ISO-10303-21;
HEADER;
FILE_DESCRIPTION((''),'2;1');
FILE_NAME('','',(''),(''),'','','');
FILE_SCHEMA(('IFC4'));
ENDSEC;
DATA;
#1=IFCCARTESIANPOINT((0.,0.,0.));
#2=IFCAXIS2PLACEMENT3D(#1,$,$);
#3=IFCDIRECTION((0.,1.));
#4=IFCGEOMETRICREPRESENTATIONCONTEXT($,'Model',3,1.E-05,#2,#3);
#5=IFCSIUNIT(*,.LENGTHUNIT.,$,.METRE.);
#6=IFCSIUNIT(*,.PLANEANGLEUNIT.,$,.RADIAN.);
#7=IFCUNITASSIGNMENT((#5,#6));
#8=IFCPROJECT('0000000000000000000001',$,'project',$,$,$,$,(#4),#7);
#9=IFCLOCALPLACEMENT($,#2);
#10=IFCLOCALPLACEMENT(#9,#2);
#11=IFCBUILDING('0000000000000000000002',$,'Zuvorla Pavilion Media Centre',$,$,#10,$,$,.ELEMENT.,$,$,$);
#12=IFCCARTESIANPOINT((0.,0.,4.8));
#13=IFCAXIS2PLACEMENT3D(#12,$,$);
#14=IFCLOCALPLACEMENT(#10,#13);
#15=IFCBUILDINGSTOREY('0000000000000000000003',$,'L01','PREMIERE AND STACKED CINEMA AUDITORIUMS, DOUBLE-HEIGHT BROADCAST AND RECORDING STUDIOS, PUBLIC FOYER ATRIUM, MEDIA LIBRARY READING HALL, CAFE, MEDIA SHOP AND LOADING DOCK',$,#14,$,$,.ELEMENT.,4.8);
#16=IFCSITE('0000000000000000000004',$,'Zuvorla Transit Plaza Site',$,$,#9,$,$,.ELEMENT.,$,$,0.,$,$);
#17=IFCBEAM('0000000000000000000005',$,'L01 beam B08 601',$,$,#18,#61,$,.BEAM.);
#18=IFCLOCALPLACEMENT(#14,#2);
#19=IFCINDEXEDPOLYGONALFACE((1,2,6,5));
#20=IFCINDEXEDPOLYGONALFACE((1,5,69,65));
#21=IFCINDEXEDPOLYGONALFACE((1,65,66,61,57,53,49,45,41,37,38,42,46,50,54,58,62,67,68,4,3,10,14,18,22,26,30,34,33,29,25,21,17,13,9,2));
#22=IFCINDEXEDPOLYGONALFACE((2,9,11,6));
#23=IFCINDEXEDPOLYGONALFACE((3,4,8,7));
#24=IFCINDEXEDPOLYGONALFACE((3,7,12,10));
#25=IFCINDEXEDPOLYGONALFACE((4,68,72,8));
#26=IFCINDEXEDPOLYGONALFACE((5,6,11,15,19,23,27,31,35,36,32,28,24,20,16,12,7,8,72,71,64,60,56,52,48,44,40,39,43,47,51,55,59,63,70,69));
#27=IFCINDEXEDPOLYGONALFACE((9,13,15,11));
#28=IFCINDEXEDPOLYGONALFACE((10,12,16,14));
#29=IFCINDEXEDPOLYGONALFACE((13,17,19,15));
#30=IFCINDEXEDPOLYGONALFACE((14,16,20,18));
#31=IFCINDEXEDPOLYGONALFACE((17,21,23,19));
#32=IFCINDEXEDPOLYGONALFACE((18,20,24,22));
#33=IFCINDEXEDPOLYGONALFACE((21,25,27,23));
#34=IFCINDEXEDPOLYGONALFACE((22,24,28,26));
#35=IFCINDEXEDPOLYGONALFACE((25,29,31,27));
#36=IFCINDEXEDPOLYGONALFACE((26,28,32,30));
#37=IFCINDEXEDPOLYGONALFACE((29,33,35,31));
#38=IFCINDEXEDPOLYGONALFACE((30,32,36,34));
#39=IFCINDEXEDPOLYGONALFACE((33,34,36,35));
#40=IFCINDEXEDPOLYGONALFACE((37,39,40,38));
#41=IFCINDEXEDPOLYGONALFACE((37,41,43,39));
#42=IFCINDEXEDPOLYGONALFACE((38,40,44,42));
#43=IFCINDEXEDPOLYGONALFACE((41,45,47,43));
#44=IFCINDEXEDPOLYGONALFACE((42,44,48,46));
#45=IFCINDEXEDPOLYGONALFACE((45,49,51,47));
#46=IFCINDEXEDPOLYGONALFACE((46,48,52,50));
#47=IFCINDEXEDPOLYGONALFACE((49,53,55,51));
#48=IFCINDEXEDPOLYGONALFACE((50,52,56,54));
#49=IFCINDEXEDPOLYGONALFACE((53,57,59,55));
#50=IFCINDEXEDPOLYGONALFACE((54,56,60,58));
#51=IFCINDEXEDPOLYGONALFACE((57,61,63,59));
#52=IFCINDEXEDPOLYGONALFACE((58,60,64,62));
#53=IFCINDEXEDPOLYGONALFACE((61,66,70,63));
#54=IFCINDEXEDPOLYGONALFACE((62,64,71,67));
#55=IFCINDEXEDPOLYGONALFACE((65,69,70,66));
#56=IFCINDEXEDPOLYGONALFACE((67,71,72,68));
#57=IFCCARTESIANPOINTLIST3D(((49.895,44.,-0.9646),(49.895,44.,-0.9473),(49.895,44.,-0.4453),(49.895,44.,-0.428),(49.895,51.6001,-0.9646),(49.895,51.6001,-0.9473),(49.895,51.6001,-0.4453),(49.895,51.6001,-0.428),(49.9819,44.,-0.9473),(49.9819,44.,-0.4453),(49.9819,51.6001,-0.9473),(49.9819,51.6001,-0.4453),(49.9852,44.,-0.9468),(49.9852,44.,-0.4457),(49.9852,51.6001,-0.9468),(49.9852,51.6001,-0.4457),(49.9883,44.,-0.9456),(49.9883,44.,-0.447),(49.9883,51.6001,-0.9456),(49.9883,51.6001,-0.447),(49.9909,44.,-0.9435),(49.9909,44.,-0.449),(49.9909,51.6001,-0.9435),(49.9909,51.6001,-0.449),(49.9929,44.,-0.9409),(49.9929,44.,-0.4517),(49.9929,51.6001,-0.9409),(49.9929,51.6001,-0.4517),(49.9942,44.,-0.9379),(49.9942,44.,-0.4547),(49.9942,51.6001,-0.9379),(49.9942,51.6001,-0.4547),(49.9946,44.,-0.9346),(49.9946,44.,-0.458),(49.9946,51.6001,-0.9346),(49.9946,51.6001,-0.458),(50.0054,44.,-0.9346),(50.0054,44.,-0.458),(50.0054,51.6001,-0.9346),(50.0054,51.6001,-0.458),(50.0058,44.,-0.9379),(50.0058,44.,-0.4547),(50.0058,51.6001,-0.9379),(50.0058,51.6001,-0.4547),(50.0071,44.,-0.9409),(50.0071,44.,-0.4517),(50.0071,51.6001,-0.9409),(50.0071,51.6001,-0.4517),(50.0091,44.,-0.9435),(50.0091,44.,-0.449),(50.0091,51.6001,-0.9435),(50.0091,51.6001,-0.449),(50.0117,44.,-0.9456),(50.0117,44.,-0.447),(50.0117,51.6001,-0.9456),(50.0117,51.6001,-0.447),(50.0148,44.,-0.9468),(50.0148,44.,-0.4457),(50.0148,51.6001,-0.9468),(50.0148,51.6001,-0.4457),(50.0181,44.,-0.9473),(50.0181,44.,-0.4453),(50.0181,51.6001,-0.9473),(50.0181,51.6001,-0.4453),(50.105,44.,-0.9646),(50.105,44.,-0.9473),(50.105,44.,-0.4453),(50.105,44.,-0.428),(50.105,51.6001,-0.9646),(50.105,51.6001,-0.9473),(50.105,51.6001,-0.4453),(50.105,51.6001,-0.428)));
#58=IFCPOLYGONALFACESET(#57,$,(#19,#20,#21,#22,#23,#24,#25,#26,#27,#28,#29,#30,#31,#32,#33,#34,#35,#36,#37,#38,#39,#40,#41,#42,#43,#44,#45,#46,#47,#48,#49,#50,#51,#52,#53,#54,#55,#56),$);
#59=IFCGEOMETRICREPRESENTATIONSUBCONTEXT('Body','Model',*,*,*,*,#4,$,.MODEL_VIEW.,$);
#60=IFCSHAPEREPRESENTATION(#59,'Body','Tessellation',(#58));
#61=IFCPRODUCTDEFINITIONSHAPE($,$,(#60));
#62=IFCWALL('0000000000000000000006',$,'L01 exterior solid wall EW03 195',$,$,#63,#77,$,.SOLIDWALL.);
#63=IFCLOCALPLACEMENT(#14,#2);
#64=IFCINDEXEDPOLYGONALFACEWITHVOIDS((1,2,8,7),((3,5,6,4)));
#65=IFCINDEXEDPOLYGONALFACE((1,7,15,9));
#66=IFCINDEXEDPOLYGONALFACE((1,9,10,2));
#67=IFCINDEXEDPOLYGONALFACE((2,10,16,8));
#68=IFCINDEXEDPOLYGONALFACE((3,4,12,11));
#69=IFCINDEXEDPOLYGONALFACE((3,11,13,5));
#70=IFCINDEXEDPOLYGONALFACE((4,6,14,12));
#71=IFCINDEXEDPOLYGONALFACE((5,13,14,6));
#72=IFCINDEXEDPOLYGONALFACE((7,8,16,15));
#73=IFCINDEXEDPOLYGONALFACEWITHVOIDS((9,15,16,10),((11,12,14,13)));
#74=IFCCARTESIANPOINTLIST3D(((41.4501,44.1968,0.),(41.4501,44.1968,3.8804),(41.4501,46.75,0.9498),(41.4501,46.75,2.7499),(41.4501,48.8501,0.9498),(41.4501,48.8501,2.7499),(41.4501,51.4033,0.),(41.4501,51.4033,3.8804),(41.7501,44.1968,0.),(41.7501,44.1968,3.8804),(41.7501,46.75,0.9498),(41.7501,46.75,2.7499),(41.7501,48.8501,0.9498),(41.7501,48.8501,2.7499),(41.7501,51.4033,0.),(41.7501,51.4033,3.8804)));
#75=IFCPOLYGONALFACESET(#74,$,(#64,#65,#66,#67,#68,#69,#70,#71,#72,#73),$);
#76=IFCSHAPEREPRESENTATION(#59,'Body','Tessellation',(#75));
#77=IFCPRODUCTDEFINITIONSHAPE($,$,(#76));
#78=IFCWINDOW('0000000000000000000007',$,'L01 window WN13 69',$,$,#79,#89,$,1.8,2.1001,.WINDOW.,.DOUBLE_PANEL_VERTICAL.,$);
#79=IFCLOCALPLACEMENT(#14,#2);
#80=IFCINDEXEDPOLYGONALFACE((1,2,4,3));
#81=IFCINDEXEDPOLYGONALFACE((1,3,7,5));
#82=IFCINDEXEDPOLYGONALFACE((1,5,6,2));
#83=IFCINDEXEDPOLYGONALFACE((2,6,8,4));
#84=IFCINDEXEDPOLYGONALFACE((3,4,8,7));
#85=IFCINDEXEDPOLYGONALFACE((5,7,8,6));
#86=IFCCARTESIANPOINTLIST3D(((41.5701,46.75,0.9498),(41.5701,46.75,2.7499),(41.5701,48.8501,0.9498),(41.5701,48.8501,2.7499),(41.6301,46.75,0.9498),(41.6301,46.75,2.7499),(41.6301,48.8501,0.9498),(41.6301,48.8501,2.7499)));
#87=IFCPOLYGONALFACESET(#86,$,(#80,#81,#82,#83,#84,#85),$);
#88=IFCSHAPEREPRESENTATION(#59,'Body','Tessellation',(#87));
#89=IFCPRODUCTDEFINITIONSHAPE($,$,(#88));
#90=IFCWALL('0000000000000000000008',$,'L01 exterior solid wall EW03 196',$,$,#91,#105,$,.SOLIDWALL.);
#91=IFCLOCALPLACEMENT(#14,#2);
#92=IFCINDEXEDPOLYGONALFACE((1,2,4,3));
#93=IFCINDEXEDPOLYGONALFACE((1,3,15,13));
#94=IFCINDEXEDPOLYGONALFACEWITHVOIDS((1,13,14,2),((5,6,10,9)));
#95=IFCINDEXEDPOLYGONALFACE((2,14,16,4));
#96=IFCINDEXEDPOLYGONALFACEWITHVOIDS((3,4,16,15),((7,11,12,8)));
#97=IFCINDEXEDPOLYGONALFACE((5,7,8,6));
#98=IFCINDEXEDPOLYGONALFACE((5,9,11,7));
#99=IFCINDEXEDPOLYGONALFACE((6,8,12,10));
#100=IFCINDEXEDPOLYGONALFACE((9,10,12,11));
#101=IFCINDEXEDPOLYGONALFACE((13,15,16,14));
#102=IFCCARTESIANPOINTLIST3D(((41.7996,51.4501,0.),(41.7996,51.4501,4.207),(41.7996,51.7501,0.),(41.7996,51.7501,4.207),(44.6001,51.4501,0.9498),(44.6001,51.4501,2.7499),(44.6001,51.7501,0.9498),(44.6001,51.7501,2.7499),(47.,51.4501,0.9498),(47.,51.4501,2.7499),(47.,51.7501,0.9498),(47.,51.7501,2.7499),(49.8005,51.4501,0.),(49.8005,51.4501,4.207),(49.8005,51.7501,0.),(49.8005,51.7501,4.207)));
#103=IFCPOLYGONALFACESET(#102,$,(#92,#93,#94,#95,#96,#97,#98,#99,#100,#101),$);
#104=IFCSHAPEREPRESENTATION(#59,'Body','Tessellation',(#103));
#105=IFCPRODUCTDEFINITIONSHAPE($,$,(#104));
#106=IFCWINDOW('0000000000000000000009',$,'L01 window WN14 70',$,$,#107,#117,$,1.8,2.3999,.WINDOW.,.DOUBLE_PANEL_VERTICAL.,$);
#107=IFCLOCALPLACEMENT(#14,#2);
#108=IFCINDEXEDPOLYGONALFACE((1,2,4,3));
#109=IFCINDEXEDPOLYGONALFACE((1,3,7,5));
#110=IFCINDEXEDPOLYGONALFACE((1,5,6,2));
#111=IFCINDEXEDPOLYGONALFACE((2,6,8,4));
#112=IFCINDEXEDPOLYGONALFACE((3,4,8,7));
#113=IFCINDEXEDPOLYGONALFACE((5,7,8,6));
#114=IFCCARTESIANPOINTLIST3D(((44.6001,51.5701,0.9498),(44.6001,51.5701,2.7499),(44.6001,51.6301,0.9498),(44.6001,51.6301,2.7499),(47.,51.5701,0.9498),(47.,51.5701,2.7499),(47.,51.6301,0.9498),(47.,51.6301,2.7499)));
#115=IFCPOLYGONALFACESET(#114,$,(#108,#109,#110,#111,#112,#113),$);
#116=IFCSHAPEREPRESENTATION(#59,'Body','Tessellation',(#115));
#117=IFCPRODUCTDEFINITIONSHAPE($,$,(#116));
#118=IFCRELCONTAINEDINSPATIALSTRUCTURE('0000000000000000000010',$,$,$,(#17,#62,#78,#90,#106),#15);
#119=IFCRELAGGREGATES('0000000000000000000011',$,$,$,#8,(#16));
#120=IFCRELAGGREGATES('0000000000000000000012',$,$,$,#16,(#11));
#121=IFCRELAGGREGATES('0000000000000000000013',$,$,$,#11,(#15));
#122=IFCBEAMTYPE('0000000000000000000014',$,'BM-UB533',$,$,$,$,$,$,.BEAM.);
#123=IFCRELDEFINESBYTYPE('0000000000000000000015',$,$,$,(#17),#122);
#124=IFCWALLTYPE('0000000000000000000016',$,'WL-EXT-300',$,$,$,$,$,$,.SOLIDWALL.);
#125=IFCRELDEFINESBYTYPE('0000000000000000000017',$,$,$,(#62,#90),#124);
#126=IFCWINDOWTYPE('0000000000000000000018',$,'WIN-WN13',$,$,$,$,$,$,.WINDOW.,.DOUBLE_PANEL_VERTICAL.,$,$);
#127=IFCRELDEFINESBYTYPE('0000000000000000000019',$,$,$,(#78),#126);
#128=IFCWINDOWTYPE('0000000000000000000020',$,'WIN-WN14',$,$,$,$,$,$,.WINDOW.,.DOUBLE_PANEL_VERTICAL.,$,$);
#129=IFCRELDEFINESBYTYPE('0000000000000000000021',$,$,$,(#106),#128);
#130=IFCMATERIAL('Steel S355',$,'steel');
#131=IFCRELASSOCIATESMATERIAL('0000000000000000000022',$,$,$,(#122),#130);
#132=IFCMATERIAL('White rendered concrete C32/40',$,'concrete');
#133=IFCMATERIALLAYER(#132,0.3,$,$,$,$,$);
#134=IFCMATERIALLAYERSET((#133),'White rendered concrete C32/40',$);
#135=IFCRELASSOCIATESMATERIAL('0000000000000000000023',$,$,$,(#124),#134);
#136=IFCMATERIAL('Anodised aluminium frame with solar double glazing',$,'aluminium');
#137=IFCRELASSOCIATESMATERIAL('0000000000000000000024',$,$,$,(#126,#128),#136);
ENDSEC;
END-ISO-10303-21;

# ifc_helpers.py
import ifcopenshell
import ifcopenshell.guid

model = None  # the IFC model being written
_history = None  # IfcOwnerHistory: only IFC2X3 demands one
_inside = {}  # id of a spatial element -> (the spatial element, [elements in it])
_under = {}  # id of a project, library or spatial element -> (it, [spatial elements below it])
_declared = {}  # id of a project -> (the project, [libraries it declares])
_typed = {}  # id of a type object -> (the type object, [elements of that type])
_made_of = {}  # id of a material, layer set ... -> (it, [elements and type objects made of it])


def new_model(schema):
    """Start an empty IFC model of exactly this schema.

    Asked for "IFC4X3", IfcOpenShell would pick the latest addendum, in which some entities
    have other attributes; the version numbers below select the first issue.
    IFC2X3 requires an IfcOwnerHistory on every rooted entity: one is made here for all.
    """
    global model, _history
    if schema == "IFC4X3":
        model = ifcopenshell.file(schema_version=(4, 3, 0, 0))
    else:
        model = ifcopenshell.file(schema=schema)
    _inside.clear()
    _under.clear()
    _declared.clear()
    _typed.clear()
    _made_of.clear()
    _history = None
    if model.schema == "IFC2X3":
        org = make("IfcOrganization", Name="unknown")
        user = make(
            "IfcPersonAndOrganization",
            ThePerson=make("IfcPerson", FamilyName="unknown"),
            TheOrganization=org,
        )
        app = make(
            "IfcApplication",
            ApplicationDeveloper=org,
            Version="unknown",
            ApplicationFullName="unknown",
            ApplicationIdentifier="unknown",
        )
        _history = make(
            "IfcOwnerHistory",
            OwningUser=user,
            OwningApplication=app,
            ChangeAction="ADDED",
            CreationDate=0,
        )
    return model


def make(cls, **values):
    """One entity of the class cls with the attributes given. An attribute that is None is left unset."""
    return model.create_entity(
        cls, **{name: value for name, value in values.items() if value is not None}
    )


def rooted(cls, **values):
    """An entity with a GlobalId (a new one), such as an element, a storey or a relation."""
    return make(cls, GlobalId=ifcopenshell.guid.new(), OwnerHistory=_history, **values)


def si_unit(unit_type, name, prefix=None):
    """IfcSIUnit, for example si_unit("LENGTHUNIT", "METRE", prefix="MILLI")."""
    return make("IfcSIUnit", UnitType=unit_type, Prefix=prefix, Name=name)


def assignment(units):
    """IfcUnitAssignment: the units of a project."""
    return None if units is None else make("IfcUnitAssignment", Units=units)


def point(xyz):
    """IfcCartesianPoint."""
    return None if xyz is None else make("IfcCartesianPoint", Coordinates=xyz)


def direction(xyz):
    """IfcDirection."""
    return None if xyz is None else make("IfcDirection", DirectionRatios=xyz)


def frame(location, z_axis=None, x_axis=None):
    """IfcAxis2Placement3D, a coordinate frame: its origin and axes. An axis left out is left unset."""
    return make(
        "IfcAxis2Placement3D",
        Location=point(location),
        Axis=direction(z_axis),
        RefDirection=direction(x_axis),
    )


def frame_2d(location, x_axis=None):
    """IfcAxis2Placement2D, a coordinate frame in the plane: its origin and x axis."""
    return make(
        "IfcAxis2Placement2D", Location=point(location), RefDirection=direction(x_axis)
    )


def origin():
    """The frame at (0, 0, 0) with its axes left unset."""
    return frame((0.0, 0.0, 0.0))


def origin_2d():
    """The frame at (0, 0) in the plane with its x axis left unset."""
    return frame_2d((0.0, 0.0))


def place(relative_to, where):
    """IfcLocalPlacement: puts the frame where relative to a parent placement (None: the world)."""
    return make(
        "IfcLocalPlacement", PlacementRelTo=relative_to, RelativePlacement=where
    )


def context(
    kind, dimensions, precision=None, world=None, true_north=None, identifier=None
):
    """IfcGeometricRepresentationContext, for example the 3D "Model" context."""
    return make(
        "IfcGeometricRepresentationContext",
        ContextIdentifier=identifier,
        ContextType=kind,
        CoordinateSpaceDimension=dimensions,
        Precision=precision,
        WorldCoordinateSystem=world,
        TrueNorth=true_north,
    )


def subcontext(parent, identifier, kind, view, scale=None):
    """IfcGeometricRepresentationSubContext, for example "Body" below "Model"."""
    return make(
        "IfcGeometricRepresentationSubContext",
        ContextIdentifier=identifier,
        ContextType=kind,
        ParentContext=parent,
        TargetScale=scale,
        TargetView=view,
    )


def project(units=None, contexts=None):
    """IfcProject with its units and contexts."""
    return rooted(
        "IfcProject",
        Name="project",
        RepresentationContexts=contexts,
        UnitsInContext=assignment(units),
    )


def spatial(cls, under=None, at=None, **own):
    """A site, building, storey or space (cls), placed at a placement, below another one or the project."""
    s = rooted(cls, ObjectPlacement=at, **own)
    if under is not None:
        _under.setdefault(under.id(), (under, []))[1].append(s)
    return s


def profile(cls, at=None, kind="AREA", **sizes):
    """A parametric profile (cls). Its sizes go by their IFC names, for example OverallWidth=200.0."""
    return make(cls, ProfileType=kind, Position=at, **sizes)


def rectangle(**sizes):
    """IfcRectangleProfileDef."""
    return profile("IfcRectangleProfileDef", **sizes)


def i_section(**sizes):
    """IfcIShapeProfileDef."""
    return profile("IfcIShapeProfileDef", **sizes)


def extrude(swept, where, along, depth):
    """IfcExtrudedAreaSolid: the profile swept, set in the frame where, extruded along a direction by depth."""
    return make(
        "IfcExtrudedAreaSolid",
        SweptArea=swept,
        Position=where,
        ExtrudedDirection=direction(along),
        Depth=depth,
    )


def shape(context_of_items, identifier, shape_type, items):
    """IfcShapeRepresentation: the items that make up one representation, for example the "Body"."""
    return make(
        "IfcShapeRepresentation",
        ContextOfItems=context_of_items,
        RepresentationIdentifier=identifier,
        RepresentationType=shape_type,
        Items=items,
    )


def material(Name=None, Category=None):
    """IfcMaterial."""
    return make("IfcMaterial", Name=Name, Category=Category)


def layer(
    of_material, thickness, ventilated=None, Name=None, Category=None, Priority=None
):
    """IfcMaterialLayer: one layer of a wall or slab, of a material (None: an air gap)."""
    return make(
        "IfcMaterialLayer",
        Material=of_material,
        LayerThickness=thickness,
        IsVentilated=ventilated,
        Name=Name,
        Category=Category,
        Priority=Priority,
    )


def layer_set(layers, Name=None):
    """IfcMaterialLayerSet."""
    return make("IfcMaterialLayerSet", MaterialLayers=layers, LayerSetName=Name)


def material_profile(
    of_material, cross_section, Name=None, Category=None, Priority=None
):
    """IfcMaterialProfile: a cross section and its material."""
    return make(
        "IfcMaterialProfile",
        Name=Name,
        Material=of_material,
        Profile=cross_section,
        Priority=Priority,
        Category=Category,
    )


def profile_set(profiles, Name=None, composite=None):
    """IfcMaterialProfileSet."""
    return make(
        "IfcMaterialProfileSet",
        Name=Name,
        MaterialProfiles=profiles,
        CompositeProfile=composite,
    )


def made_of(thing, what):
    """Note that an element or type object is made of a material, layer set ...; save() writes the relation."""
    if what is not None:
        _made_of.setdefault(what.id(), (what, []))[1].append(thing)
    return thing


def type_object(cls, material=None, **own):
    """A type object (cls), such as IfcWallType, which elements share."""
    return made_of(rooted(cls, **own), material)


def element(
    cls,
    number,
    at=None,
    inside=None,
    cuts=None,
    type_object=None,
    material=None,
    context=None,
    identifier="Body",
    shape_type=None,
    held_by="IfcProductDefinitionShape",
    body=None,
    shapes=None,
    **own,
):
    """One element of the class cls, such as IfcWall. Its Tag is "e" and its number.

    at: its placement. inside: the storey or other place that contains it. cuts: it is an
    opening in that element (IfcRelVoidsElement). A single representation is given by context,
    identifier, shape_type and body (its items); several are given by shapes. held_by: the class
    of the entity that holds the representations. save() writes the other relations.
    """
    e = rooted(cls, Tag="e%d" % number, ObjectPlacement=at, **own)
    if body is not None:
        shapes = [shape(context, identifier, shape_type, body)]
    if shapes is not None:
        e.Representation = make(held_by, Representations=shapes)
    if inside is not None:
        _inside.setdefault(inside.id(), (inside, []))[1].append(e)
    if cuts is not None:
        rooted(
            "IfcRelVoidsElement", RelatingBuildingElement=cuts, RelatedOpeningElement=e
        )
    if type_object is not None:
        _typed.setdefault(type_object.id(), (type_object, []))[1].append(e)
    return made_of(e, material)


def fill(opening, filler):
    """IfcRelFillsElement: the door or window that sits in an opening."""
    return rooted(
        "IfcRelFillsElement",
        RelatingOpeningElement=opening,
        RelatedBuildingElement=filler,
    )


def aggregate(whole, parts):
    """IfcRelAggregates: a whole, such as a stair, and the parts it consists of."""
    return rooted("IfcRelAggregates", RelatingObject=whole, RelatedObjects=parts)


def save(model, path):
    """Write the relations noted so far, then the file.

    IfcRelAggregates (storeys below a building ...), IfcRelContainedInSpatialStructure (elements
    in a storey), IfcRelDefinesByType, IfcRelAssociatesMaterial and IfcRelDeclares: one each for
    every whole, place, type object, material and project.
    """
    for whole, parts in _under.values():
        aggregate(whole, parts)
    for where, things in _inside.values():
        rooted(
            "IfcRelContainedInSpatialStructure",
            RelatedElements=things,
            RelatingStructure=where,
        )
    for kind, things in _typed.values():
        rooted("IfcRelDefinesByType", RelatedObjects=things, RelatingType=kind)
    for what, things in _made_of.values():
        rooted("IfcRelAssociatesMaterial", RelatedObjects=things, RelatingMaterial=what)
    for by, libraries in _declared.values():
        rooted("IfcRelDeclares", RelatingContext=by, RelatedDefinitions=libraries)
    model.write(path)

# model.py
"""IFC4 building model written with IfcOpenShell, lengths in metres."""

from ifc_helpers import new_model, si_unit, direction, frame, frame_2d, origin, origin_2d, place, context, subcontext, project, spatial, rectangle, i_section, extrude, material, layer, layer_set, material_profile, profile_set, type_object, element, fill, save


model = new_model("IFC4")

# Units and contexts
model_context = context("Model", 3, precision=1e-05, world=origin(), true_north=direction((0.0, 1.0)))
body_context = subcontext(model_context, "Body", "Model", "MODEL_VIEW")
ifc_project = project(units=[si_unit("LENGTHUNIT", "METRE"), si_unit("PLANEANGLEUNIT", "RADIAN")], contexts=[model_context])

# Site, building, storey
site_placement = place(None, origin())
site = spatial("IfcSite", under=ifc_project, at=site_placement, Name="Zuvorla Transit Plaza Site", CompositionType="ELEMENT", RefElevation=0.0)
building_placement = place(site_placement, origin())
building = spatial("IfcBuilding", under=site, at=building_placement, Name="Zuvorla Pavilion Media Centre", CompositionType="ELEMENT")
storey_placement = place(building_placement, frame((0.0, 0.0, 4.8)))
storey = spatial("IfcBuildingStorey", under=building, at=storey_placement, Name="L01", Description="PREMIERE AND STACKED CINEMA AUDITORIUMS, DOUBLE-HEIGHT BROADCAST AND RECORDING STUDIOS, PUBLIC FOYER ATRIUM, MEDIA LIBRARY READING HALL, CAFE, MEDIA SHOP AND LOADING DOCK", CompositionType="ELEMENT", Elevation=4.8)

# Shared definitions
ifc_material_1 = material(Name="Steel S355", Category="steel")

# Beam
ifc_material_profile_1 = material_profile(ifc_material_1, i_section(OverallWidth=0.21, OverallDepth=0.5366, WebThickness=0.0107, FlangeThickness=0.0173, FilletRadius=0.0127, at=origin_2d()), Name="UB 533x210x101")
ifc_profile_set_1 = profile_set([ifc_material_profile_1], Name="Steel S355")
beam_type_1 = type_object("IfcBeamType", Name="BM-UB533", PredefinedType="BEAM", material=ifc_profile_set_1)
for number, where, z_axis, x_axis, name in (
    (1, (50.0, 44.0, -0.6963), (0.0, 1.0, 0.0), (-1.0, 0.0, 0.0), "L01 beam B08 601"),
):
    element("IfcBeam", number, at=place(storey_placement, frame(where, z_axis=z_axis, x_axis=x_axis)), inside=storey, type_object=beam_type_1, Name=name, PredefinedType="BEAM", context=body_context, shape_type="SweptSolid", body=[
        extrude(i_section(OverallWidth=0.21, OverallDepth=0.5366, WebThickness=0.0107, FlangeThickness=0.0173, FilletRadius=0.0127, at=origin_2d()), origin(), (0.0, 0.0, 1.0), 7.6001),
    ])

# Walls, openings, windows
ifc_material_2 = material(Name="White rendered concrete C32/40", Category="concrete")
ifc_layer = layer(ifc_material_2, 0.3)
ifc_layer_set = layer_set([ifc_layer], Name="White rendered concrete C32/40")
wall_type = type_object("IfcWallType", Name="WL-EXT-300", PredefinedType="SOLIDWALL", material=ifc_layer_set)
wall_1_placement = place(storey_placement, frame((41.6001, 44.1968, 0.0), z_axis=(0.0, 0.0, 1.0), x_axis=(0.0, 1.0, 0.0)))
wall_1 = element("IfcWall", 2, at=wall_1_placement, inside=storey, type_object=wall_type, Name="L01 exterior solid wall EW03 195", PredefinedType="SOLIDWALL", context=body_context, shape_type="SweptSolid", body=[
    extrude(rectangle(XDim=7.2065, YDim=0.3, at=frame_2d((3.6033, 0.0))), origin(), (0.0, 0.0, 1.0), 3.8804),
])
opening_1_placement = place(wall_1_placement, frame((2.5532, 0.0, 0.95)))
opening_1 = element("IfcOpeningElement", 3, at=opening_1_placement, cuts=wall_1, PredefinedType="OPENING", context=body_context, shape_type="SweptSolid", body=[
    extrude(rectangle(XDim=2.1001, YDim=1.8, at=frame_2d((1.05, 0.8999))), frame((0.0, 0.1599, 0.0), z_axis=(0.0, -1.0, 0.0), x_axis=(1.0, 0.0, 0.0)), (0.0, 0.0, 1.0), 0.3201),
])
ifc_material_3 = material(Name="Anodised aluminium frame with solar double glazing", Category="aluminium")
window_type_1 = type_object("IfcWindowType", Name="WIN-WN13", PartitioningType="DOUBLE_PANEL_VERTICAL", PredefinedType="WINDOW", material=ifc_material_3)
window_1_placement = place(opening_1_placement, origin())
window_1 = element("IfcWindow", 4, at=window_1_placement, inside=storey, type_object=window_type_1, Name="L01 window WN13 69", OverallHeight=1.8, OverallWidth=2.1001, PartitioningType="DOUBLE_PANEL_VERTICAL", PredefinedType="WINDOW", context=body_context, shape_type="SweptSolid", body=[
    extrude(rectangle(XDim=2.1001, YDim=1.8, at=frame_2d((1.05, 0.8999))), frame((0.0, 0.03, 0.0), z_axis=(0.0, -1.0, 0.0), x_axis=(1.0, 0.0, 0.0)), (0.0, 0.0, 1.0), 0.0601),
])
fill(opening_1, window_1)
wall_2_placement = place(storey_placement, frame((41.7996, 51.6001, 0.0), z_axis=(0.0, 0.0, 1.0), x_axis=(1.0, 0.0, 0.0)))
wall_2 = element("IfcWall", 5, at=wall_2_placement, inside=storey, type_object=wall_type, Name="L01 exterior solid wall EW03 196", PredefinedType="SOLIDWALL", context=body_context, shape_type="SweptSolid", body=[
    extrude(rectangle(XDim=8.001, YDim=0.3, at=frame_2d((4.0005, 0.0))), origin(), (0.0, 0.0, 1.0), 4.207),
])
opening_2_placement = place(wall_2_placement, frame((2.8005, 0.0, 0.95)))
opening_2 = element("IfcOpeningElement", 6, at=opening_2_placement, cuts=wall_2, PredefinedType="OPENING", context=body_context, shape_type="SweptSolid", body=[
    extrude(rectangle(XDim=2.3999, YDim=1.8, at=frame_2d((1.2, 0.8999))), frame((0.0, 0.1599, 0.0), z_axis=(0.0, -1.0, 0.0), x_axis=(1.0, 0.0, 0.0)), (0.0, 0.0, 1.0), 0.3201),
])
window_type_2 = type_object("IfcWindowType", Name="WIN-WN14", PartitioningType="DOUBLE_PANEL_VERTICAL", PredefinedType="WINDOW", material=ifc_material_3)
window_2_placement = place(opening_2_placement, origin())
window_2 = element("IfcWindow", 7, at=window_2_placement, inside=storey, type_object=window_type_2, Name="L01 window WN14 70", OverallHeight=1.8, OverallWidth=2.3999, PartitioningType="DOUBLE_PANEL_VERTICAL", PredefinedType="WINDOW", context=body_context, shape_type="SweptSolid", body=[
    extrude(rectangle(XDim=2.3999, YDim=1.8, at=frame_2d((1.2, 0.8999))), frame((0.0, 0.03, 0.0), z_axis=(0.0, -1.0, 0.0), x_axis=(1.0, 0.0, 0.0)), (0.0, 0.0, 1.0), 0.0601),
])
fill(opening_2, window_2)

save(model, "model.ifc")
